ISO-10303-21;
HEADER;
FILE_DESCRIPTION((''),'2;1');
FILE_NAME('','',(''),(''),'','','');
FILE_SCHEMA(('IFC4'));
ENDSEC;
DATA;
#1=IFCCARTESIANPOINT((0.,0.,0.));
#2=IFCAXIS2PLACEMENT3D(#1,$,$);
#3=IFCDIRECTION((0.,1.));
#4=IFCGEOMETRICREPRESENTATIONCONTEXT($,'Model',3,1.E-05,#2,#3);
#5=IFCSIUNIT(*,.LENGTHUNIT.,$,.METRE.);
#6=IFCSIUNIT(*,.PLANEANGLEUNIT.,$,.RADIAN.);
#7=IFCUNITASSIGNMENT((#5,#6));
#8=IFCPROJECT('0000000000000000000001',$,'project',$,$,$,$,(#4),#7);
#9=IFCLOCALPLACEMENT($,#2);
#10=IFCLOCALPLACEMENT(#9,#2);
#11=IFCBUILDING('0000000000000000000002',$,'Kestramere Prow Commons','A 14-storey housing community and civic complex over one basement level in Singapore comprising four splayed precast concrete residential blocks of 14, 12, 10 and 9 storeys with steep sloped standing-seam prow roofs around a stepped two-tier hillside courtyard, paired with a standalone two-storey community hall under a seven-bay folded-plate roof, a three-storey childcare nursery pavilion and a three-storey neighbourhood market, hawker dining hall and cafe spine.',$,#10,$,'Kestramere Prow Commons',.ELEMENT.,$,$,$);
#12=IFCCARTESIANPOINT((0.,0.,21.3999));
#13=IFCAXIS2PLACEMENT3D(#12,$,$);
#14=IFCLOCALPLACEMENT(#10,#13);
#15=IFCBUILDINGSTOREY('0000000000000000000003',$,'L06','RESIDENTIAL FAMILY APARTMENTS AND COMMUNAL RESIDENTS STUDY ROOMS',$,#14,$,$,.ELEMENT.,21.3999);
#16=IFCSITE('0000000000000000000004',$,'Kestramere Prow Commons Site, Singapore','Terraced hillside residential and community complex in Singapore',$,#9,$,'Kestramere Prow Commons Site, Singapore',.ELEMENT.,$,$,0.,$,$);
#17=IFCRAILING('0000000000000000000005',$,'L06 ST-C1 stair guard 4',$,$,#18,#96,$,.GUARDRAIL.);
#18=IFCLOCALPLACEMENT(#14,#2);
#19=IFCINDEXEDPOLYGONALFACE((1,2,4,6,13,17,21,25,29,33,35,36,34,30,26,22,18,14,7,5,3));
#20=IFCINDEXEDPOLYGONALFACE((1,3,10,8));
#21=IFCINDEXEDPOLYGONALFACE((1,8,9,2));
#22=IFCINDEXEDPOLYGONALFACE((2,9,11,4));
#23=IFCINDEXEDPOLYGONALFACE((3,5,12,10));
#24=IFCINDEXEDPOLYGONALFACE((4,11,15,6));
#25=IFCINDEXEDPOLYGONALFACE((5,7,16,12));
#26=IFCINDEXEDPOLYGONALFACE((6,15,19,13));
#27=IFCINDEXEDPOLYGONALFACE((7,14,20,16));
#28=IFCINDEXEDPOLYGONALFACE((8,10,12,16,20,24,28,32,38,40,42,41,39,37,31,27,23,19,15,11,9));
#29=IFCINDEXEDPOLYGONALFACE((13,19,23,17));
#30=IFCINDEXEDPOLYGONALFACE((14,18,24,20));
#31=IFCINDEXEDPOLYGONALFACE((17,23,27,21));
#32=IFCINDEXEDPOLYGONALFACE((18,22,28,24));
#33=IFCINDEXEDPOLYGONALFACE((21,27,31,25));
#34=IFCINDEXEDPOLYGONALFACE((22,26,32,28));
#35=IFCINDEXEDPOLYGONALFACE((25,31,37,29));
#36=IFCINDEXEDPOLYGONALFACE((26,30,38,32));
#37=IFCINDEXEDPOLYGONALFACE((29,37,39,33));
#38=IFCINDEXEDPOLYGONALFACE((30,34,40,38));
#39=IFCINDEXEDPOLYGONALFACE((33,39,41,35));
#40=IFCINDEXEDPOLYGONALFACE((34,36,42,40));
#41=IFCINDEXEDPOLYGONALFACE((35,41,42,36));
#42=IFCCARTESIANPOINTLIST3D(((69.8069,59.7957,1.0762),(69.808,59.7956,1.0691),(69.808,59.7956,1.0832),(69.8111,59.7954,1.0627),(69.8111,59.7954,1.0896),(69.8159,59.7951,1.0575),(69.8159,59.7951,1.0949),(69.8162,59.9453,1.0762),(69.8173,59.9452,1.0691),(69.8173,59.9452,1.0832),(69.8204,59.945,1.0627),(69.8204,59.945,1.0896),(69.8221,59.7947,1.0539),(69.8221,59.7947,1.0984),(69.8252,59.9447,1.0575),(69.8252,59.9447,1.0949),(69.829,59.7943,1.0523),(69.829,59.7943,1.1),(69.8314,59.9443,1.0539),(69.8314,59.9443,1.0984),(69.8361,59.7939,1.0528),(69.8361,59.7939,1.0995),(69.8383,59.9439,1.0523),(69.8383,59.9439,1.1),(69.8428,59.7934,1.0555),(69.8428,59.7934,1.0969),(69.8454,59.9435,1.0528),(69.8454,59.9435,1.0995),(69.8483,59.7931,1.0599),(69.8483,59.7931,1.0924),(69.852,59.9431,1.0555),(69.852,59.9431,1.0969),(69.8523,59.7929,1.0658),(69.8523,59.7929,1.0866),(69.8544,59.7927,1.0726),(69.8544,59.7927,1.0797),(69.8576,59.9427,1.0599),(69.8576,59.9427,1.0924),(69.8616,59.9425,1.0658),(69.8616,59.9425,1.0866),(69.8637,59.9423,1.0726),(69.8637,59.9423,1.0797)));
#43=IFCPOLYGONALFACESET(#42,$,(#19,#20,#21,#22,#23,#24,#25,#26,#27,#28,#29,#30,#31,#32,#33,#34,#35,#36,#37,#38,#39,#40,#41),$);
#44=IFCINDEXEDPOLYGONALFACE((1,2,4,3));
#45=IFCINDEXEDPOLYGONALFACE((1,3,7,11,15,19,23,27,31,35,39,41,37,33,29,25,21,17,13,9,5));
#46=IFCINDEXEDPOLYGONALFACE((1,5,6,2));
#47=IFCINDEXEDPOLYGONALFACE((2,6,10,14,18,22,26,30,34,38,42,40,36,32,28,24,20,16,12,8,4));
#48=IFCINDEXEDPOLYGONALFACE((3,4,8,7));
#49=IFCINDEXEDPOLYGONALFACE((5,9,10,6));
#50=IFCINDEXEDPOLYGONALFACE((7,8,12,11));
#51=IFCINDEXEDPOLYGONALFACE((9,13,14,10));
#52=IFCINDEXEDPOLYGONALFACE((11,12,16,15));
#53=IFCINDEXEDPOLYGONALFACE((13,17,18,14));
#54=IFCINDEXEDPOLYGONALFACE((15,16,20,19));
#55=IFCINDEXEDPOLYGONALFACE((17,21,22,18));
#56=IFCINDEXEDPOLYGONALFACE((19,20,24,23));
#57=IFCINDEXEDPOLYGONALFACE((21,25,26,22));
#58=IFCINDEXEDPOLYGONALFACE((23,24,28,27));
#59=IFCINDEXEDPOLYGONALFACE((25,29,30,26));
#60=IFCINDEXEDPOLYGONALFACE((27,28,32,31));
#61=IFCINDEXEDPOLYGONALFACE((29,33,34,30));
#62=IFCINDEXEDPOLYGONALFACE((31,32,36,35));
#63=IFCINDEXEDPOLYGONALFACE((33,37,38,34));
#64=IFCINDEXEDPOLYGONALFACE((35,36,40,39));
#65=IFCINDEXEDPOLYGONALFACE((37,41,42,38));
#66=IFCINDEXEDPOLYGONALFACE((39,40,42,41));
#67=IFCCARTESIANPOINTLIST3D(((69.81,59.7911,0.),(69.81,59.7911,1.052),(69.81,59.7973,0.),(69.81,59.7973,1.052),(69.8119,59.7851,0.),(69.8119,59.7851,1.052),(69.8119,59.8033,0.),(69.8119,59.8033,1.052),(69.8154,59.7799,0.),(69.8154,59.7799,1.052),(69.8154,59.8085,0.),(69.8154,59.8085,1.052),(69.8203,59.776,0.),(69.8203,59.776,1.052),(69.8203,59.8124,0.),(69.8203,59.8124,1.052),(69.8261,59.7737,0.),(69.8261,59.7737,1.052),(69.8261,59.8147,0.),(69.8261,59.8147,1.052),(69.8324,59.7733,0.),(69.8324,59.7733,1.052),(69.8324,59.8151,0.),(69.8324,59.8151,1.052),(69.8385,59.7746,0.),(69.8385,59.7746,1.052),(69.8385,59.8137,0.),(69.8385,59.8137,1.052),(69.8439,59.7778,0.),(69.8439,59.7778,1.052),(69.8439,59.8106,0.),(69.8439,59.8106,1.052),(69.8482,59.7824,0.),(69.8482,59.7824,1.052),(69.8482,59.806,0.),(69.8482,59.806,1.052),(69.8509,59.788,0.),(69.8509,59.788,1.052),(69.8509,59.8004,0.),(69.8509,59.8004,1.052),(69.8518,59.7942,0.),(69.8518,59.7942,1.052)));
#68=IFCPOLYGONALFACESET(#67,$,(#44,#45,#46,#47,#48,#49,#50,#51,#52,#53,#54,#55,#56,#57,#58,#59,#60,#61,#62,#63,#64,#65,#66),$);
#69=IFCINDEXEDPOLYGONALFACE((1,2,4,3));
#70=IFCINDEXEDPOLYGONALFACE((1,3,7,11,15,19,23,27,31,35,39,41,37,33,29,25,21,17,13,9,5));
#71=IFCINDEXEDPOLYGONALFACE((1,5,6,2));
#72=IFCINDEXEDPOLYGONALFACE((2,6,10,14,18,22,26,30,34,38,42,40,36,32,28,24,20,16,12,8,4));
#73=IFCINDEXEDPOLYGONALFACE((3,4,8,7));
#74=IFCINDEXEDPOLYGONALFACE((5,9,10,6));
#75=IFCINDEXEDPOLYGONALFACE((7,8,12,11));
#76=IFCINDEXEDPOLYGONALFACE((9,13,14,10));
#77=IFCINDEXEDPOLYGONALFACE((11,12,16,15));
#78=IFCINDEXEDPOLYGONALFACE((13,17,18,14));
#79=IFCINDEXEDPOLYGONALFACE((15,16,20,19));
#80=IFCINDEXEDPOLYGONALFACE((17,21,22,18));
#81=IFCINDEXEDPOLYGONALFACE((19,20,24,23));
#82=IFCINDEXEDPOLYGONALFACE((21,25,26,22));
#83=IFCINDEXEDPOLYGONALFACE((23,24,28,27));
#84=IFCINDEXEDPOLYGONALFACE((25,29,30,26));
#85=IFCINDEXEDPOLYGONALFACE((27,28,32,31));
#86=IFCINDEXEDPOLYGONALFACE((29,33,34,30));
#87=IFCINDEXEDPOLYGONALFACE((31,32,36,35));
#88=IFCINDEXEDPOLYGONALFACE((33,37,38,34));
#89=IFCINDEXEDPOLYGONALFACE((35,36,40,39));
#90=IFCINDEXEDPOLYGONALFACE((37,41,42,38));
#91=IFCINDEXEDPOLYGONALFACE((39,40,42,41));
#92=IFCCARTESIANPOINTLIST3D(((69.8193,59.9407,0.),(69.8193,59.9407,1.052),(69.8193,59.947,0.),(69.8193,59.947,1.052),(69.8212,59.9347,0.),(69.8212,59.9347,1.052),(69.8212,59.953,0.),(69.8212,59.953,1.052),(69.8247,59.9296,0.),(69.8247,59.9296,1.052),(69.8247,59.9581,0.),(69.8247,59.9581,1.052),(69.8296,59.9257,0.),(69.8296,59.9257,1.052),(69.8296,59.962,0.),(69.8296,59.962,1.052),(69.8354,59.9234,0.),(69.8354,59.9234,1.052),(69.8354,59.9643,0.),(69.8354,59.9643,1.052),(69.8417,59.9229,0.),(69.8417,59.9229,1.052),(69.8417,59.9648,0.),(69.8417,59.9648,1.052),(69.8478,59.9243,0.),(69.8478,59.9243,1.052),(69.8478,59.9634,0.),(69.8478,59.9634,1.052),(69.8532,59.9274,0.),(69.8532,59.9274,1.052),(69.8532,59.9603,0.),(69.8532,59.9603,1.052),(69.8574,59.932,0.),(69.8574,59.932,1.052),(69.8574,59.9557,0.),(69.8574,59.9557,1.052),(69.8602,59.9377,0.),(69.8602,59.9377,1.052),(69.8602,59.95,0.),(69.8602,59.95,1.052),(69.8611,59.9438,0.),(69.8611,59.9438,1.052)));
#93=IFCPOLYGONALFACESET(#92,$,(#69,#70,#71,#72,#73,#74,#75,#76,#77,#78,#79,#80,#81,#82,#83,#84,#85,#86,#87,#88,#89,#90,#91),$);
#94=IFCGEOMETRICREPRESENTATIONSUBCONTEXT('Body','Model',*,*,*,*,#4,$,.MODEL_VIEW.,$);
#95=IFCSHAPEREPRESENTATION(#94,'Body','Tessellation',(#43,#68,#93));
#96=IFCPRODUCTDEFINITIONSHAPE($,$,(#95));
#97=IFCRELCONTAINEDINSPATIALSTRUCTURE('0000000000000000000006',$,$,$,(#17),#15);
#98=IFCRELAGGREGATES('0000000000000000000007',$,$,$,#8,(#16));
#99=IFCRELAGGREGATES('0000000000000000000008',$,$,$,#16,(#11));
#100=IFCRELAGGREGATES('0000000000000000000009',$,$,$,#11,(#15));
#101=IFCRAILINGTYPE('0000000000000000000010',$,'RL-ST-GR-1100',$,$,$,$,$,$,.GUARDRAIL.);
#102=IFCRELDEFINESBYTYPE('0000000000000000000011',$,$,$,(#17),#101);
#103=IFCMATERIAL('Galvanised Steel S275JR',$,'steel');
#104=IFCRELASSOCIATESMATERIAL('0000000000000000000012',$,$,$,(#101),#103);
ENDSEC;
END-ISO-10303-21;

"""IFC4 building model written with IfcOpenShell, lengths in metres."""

from ifc_helpers import new_model, si_unit, direction, frame, origin, origin_2d, place, context, subcontext, project, spatial, circle, extrude, material, type_object, element, save


model = new_model("IFC4")

# Units and contexts
model_context = context("Model", 3, precision=1e-05, world=origin(), true_north=direction((0.0, 1.0)))
body_context = subcontext(model_context, "Body", "Model", "MODEL_VIEW")
ifc_project = project(units=[si_unit("LENGTHUNIT", "METRE"), si_unit("PLANEANGLEUNIT", "RADIAN")], contexts=[model_context])

# Site, building, storey
site_placement = place(None, origin())
site = spatial("IfcSite", under=ifc_project, at=site_placement, Name="Kestramere Prow Commons Site, Singapore", Description="Terraced hillside residential and community complex in Singapore", LongName="Kestramere Prow Commons Site, Singapore", CompositionType="ELEMENT", RefElevation=0.0)
building_placement = place(site_placement, origin())
building = spatial("IfcBuilding", under=site, at=building_placement, Name="Kestramere Prow Commons", Description="A 14-storey housing community and civic complex over one basement level in Singapore comprising four splayed precast concrete residential blocks of 14, 12, 10 and 9 storeys with steep sloped standing-seam prow roofs around a stepped two-tier hillside courtyard, paired with a standalone two-storey community hall under a seven-bay folded-plate roof, a three-storey childcare nursery pavilion and a three-storey neighbourhood market, hawker dining hall and cafe spine.", LongName="Kestramere Prow Commons", CompositionType="ELEMENT")
storey_placement = place(building_placement, frame((0.0, 0.0, 21.3999)))
storey = spatial("IfcBuildingStorey", under=building, at=storey_placement, Name="L06", Description="RESIDENTIAL FAMILY APARTMENTS AND COMMUNAL RESIDENTS STUDY ROOMS", CompositionType="ELEMENT", Elevation=21.3999)

# Railing
ifc_material_1 = material(Name="Galvanised Steel S275JR", Category="steel")
railing_type_1 = type_object("IfcRailingType", Name="RL-ST-GR-1100", PredefinedType="GUARDRAIL", material=ifc_material_1)
railing_1_placement = place(storey_placement, frame((69.8308, 59.7942, 0.0)))
element("IfcRailing", 1, at=railing_1_placement, inside=storey, type_object=railing_type_1, Name="L06 ST-C1 stair guard 4", PredefinedType="GUARDRAIL", context=body_context, shape_type="SweptSolid", body=[
    extrude(circle(Radius=0.0239, at=origin_2d()), frame((0.0, 0.0, 1.0762), z_axis=(0.061871, 0.998084, 0.0), x_axis=(-0.998084, 0.061871, 0.0)), (0.0, 0.0, 1.0), 0.1499),
    extrude(circle(Radius=0.021, at=origin_2d()), origin(), (0.0, 0.0, 1.0), 1.052),
    extrude(circle(Radius=0.021, at=origin_2d()), frame((0.0093, 0.1497, 0.0)), (0.0, 0.0, 1.0), 1.052),
])

save(model, "model.ifc")
